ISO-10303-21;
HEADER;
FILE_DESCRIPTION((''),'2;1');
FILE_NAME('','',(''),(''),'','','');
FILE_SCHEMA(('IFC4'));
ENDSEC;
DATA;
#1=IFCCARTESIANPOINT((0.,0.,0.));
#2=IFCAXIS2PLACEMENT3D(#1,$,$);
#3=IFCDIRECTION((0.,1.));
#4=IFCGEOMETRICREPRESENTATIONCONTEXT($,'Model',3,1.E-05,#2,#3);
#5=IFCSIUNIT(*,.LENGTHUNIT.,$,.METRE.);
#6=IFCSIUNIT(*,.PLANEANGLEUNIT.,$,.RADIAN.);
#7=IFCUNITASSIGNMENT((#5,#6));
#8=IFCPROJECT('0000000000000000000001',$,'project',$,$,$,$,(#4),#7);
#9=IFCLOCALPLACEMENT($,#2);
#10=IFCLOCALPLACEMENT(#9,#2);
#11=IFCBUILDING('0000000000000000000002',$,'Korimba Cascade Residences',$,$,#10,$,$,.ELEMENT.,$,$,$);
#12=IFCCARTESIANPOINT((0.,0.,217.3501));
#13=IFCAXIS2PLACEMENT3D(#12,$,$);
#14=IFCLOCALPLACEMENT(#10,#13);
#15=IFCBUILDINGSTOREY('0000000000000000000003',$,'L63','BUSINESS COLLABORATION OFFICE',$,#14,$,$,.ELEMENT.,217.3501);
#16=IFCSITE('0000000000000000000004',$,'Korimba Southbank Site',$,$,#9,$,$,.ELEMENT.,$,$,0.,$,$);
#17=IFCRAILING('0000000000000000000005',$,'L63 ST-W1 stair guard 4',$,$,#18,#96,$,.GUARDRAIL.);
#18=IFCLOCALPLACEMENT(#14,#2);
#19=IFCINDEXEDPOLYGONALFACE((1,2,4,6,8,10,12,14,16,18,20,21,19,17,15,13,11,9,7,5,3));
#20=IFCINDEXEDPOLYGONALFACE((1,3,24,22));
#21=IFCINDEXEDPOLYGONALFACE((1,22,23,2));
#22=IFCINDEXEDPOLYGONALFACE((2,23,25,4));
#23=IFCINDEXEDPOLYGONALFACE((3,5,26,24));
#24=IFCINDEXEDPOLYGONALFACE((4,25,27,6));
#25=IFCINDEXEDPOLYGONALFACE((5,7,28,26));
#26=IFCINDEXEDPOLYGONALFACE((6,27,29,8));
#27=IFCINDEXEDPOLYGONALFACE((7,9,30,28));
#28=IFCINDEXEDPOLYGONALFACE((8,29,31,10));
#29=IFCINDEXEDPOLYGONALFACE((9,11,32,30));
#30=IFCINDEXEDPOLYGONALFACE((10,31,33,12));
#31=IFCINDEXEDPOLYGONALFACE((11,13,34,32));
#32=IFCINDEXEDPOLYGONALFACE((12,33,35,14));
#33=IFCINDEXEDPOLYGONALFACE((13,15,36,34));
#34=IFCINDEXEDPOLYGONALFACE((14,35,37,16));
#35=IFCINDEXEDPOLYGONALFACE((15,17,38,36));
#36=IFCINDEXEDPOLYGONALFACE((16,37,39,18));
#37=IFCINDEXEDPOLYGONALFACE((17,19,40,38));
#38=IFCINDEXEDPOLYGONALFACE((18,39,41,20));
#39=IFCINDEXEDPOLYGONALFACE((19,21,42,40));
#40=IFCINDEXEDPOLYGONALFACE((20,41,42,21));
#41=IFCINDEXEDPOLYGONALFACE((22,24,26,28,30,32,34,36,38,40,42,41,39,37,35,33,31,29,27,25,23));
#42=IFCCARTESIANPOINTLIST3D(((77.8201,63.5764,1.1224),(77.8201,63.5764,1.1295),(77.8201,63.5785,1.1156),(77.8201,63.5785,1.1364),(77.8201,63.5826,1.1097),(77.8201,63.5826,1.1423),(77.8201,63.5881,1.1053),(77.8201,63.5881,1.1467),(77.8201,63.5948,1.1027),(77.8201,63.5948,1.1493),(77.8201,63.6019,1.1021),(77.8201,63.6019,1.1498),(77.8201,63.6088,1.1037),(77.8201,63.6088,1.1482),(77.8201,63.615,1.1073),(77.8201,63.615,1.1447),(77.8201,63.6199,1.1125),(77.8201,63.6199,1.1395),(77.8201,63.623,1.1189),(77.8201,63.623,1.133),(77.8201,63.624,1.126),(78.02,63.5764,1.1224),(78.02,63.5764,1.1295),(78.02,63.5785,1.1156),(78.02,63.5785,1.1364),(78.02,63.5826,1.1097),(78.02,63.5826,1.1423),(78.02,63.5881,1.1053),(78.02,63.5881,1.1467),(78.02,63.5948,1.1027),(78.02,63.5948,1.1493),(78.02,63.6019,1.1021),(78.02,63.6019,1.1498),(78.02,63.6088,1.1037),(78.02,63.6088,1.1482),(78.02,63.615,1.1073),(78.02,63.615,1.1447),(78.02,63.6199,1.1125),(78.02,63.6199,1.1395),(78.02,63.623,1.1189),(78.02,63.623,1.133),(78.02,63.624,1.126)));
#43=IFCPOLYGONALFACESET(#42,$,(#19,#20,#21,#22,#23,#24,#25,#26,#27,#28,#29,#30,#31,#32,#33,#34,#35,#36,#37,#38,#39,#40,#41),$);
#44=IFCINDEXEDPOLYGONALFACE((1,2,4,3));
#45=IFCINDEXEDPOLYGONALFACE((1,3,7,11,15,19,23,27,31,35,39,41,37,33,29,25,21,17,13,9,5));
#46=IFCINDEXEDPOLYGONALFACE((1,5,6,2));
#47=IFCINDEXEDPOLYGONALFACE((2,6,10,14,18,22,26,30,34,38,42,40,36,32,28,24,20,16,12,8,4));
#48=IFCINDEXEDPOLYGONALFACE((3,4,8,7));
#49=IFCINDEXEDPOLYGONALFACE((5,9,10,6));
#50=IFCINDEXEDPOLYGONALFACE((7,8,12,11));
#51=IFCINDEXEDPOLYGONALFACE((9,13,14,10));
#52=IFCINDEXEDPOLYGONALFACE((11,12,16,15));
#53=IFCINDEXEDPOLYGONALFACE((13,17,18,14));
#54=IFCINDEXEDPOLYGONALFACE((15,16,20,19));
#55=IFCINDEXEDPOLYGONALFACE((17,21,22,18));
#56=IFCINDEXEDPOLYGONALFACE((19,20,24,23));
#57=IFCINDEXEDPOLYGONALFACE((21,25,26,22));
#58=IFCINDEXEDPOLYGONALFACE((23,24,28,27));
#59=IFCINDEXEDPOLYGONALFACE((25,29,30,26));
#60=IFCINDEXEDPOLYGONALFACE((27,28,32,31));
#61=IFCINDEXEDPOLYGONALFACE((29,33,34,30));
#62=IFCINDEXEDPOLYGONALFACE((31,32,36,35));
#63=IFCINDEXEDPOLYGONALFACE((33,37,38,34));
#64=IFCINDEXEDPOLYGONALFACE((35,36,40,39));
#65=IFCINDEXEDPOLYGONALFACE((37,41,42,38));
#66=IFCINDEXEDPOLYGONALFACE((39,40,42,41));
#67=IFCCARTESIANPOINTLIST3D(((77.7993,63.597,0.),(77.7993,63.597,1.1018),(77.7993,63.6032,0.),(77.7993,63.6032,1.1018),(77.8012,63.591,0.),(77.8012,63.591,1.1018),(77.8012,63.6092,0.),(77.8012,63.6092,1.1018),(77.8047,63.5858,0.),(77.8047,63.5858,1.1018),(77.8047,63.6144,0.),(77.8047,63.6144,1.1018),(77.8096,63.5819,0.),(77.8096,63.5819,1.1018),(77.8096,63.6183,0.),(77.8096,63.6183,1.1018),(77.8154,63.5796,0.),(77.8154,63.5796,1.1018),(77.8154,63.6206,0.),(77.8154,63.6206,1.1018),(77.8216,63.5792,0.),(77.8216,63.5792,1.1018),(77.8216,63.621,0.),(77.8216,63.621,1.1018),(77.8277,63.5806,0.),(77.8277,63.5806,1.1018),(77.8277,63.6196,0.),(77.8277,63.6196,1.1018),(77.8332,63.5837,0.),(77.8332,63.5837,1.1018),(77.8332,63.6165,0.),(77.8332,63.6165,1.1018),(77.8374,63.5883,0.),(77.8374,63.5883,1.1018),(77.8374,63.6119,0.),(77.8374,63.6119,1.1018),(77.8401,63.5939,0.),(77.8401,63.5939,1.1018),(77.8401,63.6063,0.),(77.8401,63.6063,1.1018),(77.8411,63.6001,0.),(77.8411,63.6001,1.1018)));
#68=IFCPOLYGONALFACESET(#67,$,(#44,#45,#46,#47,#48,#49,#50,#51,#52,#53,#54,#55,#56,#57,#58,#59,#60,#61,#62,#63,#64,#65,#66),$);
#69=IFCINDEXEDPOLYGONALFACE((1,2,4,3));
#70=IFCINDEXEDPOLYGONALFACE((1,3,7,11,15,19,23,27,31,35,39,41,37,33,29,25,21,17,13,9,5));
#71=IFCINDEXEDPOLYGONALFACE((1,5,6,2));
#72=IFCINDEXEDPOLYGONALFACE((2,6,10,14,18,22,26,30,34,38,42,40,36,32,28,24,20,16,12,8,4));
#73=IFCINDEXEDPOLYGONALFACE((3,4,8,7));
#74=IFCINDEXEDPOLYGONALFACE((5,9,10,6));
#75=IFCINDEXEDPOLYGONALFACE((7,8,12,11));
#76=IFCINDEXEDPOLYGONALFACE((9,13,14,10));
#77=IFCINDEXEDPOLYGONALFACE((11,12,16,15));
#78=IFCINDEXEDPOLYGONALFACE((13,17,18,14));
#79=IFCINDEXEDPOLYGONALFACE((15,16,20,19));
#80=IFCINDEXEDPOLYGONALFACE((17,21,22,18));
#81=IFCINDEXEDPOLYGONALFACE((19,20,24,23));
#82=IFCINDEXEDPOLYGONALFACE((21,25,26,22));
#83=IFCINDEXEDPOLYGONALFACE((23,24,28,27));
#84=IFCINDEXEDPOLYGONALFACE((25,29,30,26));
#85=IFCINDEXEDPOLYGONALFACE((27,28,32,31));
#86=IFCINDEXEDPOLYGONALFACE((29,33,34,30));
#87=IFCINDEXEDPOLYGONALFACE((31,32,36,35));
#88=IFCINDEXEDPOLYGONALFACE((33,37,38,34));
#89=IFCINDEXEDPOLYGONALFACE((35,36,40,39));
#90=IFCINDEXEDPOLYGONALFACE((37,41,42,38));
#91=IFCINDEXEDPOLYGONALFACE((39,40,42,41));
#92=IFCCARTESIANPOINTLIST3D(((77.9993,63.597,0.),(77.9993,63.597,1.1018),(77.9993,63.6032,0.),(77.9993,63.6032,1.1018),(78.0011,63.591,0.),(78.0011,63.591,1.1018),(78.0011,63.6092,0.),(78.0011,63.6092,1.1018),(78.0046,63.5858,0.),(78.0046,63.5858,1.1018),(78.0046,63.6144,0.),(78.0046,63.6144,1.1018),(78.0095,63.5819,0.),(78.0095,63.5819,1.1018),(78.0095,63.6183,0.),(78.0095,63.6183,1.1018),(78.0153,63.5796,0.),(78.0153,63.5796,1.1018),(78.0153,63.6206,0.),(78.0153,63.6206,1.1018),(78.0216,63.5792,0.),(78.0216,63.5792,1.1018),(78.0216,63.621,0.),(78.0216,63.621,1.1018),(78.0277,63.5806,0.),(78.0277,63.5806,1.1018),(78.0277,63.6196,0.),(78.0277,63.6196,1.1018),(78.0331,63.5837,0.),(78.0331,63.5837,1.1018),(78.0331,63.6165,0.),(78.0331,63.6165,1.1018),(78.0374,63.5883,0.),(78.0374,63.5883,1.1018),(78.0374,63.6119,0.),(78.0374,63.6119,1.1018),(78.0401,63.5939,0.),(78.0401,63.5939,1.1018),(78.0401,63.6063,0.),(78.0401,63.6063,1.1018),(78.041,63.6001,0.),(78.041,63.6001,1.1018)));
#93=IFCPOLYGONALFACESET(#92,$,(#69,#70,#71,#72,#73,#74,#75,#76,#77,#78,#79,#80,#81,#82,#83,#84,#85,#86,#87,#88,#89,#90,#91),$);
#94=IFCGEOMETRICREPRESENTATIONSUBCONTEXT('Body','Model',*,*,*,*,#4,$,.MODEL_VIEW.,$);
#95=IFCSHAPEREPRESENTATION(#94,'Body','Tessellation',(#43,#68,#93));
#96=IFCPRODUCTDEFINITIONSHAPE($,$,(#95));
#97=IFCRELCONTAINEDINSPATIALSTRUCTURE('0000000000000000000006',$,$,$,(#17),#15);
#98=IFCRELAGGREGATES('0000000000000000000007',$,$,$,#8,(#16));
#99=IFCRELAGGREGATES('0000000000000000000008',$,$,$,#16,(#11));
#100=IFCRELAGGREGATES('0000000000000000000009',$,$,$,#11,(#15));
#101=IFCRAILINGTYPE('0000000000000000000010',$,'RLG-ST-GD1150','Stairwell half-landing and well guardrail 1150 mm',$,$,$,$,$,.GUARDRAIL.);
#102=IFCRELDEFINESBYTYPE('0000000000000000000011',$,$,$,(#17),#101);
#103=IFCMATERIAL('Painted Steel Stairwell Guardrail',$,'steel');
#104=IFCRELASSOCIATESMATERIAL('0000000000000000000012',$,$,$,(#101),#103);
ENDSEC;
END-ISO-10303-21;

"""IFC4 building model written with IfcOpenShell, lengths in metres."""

from ifc_helpers import new_model, si_unit, direction, frame, origin, origin_2d, place, context, subcontext, project, spatial, circle, extrude, material, type_object, element, save


model = new_model("IFC4")

# Units and contexts
model_context = context("Model", 3, precision=1e-05, world=origin(), true_north=direction((0.0, 1.0)))
body_context = subcontext(model_context, "Body", "Model", "MODEL_VIEW")
ifc_project = project(units=[si_unit("LENGTHUNIT", "METRE"), si_unit("PLANEANGLEUNIT", "RADIAN")], contexts=[model_context])

# Site, building, storey
site_placement = place(None, origin())
site = spatial("IfcSite", under=ifc_project, at=site_placement, Name="Korimba Southbank Site", CompositionType="ELEMENT", RefElevation=0.0)
building_placement = place(site_placement, origin())
building = spatial("IfcBuilding", under=site, at=building_placement, Name="Korimba Cascade Residences", CompositionType="ELEMENT")
storey_placement = place(building_placement, frame((0.0, 0.0, 217.3501)))
storey = spatial("IfcBuildingStorey", under=building, at=storey_placement, Name="L63", Description="BUSINESS COLLABORATION OFFICE", CompositionType="ELEMENT", Elevation=217.3501)

# Railing
ifc_material_1 = material(Name="Painted Steel Stairwell Guardrail", Category="steel")
railing_type_1 = type_object("IfcRailingType", Name="RLG-ST-GD1150", Description="Stairwell half-landing and well guardrail 1150 mm", PredefinedType="GUARDRAIL", material=ifc_material_1)
railing_1_placement = place(storey_placement, frame((77.8201, 63.6001, 0.0)))
element("IfcRailing", 1, at=railing_1_placement, inside=storey, type_object=railing_type_1, Name="L63 ST-W1 stair guard 4", PredefinedType="GUARDRAIL", context=body_context, shape_type="SweptSolid", body=[
    extrude(circle(Radius=0.0239, at=origin_2d()), frame((0.0, 0.0, 1.126), z_axis=(1.0, 0.0, 0.0), x_axis=(0.0, 1.0, 0.0)), (0.0, 0.0, 1.0), 0.2),
    extrude(circle(Radius=0.021, at=origin_2d()), origin(), (0.0, 0.0, 1.0), 1.1018),
    extrude(circle(Radius=0.021, at=origin_2d()), frame((0.2, 0.0, 0.0)), (0.0, 0.0, 1.0), 1.1018),
])

save(model, "model.ifc")
